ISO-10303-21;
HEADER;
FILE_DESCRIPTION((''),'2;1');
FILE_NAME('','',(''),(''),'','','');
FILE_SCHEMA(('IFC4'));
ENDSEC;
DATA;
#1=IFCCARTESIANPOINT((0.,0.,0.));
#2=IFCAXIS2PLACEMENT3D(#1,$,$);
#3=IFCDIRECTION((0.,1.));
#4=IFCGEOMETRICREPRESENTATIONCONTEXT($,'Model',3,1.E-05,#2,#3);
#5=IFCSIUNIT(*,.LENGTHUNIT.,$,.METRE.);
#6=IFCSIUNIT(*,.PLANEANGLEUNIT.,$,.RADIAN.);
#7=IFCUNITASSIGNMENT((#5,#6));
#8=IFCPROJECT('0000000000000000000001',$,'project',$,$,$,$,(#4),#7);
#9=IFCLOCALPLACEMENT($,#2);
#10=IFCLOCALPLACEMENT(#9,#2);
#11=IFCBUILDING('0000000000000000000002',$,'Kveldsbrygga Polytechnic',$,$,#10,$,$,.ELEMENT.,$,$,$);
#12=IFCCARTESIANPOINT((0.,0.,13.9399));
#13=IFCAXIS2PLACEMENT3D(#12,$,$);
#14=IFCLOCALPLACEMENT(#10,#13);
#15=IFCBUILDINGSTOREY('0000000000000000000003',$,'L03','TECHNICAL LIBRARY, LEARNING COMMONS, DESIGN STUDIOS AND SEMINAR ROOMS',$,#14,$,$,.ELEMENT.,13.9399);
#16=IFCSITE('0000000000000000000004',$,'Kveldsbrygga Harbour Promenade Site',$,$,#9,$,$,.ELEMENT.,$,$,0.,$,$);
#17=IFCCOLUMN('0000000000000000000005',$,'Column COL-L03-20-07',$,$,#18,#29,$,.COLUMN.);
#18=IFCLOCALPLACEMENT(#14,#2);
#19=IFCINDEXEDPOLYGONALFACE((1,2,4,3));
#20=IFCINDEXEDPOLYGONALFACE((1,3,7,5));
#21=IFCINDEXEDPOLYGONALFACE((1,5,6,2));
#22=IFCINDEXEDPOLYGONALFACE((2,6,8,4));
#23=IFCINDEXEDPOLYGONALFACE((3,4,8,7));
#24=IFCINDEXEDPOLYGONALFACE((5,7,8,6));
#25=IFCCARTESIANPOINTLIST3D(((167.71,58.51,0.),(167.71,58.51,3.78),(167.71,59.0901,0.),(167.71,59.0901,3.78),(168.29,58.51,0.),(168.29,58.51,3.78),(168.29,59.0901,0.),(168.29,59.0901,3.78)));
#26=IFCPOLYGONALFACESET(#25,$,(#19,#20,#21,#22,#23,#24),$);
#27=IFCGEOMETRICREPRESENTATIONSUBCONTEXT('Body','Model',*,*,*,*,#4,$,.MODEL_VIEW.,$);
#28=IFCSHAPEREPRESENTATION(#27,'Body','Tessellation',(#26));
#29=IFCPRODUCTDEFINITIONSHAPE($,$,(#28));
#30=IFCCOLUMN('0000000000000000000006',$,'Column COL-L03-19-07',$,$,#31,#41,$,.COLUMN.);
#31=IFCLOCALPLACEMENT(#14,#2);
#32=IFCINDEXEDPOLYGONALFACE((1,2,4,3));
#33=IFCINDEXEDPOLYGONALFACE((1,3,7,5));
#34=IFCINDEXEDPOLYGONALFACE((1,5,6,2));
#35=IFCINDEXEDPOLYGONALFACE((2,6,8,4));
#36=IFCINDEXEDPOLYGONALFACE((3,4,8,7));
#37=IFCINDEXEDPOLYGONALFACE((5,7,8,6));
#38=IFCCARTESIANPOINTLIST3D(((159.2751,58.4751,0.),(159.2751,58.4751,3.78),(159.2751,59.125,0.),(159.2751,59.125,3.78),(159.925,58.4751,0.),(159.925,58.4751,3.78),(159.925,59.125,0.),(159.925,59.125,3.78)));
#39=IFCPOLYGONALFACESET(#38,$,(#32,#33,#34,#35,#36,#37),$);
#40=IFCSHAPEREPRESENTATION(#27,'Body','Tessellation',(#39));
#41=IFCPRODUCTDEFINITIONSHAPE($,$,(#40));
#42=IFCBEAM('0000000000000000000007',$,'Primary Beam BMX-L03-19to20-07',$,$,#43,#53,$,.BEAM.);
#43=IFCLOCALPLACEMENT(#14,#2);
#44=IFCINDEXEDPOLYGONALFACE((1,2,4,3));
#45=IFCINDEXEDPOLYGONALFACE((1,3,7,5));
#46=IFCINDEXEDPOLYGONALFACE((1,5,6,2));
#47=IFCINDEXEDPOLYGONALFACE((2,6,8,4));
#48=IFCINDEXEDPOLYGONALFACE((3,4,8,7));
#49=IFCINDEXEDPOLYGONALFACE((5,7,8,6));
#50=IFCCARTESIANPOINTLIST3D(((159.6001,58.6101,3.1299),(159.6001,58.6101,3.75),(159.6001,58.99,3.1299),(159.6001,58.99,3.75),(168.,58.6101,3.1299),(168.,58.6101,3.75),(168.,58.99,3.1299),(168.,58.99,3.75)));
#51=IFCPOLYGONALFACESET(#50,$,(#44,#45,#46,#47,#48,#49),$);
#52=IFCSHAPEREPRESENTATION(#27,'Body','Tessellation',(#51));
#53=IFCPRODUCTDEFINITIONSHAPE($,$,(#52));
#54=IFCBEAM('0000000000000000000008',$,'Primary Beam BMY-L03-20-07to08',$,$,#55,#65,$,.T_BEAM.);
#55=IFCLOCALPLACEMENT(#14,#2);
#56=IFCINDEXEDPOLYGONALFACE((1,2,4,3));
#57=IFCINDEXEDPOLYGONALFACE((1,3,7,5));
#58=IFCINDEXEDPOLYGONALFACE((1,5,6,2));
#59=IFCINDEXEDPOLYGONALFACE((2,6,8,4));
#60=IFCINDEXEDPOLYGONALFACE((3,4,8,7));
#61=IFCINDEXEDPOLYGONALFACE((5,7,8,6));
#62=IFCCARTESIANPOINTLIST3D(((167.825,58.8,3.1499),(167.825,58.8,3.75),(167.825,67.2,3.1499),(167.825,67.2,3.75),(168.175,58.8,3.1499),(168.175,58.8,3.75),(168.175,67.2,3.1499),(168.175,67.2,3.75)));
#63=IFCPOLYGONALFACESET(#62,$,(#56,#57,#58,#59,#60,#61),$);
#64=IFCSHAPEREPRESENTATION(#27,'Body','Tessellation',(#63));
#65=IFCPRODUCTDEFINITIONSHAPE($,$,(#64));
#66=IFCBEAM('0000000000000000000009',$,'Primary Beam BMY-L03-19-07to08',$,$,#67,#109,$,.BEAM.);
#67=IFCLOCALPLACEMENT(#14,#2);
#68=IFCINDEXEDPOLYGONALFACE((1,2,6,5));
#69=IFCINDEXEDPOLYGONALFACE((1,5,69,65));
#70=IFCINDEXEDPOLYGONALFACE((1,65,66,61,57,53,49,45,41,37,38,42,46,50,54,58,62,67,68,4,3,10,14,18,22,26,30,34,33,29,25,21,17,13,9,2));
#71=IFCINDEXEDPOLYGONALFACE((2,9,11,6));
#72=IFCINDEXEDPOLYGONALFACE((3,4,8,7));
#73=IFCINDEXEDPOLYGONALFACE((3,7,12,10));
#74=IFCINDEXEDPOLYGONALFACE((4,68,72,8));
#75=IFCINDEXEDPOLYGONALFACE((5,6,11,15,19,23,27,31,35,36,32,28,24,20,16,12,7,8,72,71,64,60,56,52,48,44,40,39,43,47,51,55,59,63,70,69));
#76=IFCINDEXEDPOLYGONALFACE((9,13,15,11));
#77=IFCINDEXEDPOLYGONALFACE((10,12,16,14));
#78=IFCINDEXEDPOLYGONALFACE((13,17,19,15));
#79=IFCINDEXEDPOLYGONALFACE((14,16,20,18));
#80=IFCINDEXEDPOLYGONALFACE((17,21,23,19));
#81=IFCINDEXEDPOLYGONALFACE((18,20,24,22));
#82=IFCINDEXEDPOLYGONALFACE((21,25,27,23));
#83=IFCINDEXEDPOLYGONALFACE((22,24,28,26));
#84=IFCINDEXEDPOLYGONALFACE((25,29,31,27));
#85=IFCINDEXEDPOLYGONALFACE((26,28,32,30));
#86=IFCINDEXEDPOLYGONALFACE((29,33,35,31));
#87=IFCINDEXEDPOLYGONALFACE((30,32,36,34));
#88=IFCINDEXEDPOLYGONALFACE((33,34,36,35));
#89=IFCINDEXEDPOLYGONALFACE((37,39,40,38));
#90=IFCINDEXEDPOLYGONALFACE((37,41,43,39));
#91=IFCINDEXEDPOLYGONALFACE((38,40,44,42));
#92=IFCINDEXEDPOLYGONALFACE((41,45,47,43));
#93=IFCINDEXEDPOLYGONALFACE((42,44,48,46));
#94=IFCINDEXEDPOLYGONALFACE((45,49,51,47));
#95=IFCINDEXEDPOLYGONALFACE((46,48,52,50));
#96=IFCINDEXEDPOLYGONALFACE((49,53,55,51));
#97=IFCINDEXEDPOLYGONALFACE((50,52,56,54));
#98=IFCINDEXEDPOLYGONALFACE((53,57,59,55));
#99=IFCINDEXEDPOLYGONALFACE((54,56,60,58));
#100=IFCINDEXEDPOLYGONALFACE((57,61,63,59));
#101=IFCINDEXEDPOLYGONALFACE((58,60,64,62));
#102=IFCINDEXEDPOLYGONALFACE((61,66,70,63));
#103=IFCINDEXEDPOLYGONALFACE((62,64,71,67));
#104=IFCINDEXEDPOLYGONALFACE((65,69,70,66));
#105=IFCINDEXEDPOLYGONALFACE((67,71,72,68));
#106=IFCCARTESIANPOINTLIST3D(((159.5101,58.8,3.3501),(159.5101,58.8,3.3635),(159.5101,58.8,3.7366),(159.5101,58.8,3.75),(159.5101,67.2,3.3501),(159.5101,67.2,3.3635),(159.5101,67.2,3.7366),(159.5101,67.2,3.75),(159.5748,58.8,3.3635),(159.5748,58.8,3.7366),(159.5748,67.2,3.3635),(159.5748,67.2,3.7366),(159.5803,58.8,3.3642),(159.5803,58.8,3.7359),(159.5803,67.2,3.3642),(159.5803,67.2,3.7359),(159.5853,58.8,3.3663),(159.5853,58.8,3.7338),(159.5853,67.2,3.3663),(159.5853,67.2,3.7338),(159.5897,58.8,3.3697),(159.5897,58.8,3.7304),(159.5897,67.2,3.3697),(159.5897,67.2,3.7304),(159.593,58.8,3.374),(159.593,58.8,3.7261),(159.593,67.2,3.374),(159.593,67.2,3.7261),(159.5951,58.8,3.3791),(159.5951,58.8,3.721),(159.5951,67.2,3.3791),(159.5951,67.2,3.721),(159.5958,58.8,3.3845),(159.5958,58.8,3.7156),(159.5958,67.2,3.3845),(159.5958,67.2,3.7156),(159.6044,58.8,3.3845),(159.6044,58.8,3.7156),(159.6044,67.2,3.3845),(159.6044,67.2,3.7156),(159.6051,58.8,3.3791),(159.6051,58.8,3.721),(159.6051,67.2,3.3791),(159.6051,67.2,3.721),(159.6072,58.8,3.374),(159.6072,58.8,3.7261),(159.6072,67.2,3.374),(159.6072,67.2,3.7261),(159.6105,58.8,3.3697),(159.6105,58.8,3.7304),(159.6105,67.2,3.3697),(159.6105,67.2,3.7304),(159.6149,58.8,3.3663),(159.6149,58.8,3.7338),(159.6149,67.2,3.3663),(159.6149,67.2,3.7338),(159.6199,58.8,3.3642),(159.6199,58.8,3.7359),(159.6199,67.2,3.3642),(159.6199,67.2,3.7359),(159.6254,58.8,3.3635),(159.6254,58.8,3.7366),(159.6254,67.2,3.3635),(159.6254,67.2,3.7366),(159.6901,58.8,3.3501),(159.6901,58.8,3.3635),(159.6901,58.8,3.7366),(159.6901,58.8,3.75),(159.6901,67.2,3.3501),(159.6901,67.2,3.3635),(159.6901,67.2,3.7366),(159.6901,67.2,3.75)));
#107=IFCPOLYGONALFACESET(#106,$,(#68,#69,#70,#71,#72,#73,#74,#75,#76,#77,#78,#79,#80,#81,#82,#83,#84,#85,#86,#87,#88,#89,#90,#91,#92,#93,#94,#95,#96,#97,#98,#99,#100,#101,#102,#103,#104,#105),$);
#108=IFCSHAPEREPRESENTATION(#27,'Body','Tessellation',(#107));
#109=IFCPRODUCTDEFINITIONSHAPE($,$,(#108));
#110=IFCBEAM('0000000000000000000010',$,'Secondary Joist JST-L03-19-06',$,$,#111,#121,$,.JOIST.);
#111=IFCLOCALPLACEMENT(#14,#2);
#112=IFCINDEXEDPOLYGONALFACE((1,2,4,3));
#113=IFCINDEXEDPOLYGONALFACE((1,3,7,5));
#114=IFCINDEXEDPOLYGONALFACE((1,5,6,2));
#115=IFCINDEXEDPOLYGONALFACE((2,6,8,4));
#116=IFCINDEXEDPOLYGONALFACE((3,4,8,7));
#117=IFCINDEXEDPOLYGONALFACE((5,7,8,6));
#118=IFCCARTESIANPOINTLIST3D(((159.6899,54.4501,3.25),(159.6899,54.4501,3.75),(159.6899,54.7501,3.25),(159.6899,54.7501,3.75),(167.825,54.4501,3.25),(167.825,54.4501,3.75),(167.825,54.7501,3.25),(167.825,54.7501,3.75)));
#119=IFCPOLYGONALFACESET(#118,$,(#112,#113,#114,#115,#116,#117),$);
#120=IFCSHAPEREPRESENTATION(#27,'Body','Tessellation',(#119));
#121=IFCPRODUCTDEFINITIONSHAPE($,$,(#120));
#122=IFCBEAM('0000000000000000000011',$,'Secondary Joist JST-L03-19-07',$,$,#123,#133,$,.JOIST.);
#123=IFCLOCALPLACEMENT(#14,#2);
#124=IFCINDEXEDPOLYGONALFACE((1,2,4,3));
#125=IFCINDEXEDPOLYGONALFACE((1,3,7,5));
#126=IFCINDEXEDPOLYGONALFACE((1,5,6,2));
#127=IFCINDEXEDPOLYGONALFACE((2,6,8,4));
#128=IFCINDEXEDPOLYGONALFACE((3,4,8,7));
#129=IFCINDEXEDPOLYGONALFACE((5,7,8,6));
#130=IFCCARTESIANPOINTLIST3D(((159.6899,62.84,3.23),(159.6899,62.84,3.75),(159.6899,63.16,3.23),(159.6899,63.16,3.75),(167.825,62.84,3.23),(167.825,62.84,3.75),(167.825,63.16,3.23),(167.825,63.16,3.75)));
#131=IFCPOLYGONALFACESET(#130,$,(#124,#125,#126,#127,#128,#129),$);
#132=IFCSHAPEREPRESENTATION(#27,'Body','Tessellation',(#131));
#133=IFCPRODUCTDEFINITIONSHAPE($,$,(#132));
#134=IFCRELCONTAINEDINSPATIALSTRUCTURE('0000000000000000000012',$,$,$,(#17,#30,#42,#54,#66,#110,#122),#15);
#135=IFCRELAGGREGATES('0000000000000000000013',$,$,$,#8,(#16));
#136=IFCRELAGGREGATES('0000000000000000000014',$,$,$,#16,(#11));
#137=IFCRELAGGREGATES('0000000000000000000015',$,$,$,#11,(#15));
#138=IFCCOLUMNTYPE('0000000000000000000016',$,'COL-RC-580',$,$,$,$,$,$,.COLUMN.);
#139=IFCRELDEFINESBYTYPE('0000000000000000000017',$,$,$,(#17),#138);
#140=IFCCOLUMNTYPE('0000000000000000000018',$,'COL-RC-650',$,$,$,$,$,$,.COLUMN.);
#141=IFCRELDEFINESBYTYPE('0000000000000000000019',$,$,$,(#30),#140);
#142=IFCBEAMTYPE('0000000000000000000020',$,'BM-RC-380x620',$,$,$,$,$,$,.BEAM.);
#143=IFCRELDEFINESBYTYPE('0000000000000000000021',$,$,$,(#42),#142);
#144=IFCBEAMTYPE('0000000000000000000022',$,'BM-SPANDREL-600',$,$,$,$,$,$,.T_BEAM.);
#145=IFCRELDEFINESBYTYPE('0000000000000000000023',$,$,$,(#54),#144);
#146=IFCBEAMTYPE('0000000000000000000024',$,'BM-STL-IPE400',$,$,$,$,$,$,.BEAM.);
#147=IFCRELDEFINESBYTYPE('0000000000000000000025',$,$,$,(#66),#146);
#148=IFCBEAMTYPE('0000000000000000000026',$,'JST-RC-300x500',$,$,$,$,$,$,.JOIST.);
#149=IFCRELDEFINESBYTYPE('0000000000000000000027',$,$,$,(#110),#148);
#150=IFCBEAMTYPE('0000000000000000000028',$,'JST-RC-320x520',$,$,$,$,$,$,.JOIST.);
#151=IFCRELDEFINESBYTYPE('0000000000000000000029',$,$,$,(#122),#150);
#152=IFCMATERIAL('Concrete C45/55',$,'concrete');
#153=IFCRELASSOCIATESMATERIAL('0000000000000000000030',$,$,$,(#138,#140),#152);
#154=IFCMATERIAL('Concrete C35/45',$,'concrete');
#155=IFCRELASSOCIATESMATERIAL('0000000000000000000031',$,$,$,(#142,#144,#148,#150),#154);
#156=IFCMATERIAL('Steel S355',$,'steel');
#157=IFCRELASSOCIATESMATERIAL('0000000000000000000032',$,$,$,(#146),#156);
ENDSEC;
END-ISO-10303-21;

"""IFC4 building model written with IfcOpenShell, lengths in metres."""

from ifc_helpers import new_model, si_unit, direction, frame, origin, origin_2d, place, context, subcontext, project, spatial, rectangle, i_section, extrude, material, material_profile, profile_set, type_object, element, save


model = new_model("IFC4")

# Units and contexts
model_context = context("Model", 3, precision=1e-05, world=origin(), true_north=direction((0.0, 1.0)))
body_context = subcontext(model_context, "Body", "Model", "MODEL_VIEW")
ifc_project = project(units=[si_unit("LENGTHUNIT", "METRE"), si_unit("PLANEANGLEUNIT", "RADIAN")], contexts=[model_context])

# Site, building, storey
site_placement = place(None, origin())
site = spatial("IfcSite", under=ifc_project, at=site_placement, Name="Kveldsbrygga Harbour Promenade Site", CompositionType="ELEMENT", RefElevation=0.0)
building_placement = place(site_placement, origin())
building = spatial("IfcBuilding", under=site, at=building_placement, Name="Kveldsbrygga Polytechnic", CompositionType="ELEMENT")
storey_placement = place(building_placement, frame((0.0, 0.0, 13.9399)))
storey = spatial("IfcBuildingStorey", under=building, at=storey_placement, Name="L03", Description="TECHNICAL LIBRARY, LEARNING COMMONS, DESIGN STUDIOS AND SEMINAR ROOMS", CompositionType="ELEMENT", Elevation=13.9399)

# Columns
ifc_material_1 = material(Name="Concrete C45/55", Category="concrete")
ifc_material_profile_1 = material_profile(ifc_material_1, rectangle(XDim=0.5801, YDim=0.5801, at=origin_2d()), Name="RC 580x580")
ifc_profile_set_1 = profile_set([ifc_material_profile_1], Name="Concrete C45/55")
column_type_1 = type_object("IfcColumnType", Name="COL-RC-580", PredefinedType="COLUMN", material=ifc_profile_set_1)
column_1_placement = place(storey_placement, frame((168.0, 58.8, 0.0), z_axis=(0.0, 0.0, 1.0), x_axis=(1.0, 0.0, 0.0)))
element("IfcColumn", 1, at=column_1_placement, inside=storey, type_object=column_type_1, Name="Column COL-L03-20-07", PredefinedType="COLUMN", context=body_context, shape_type="SweptSolid", body=[
    extrude(rectangle(XDim=0.5801, YDim=0.5801, at=origin_2d()), origin(), (0.0, 0.0, 1.0), 3.78),
])
ifc_material_profile_2 = material_profile(ifc_material_1, rectangle(XDim=0.6499, YDim=0.6499, at=origin_2d()), Name="RC 650x650")
ifc_profile_set_2 = profile_set([ifc_material_profile_2], Name="Concrete C45/55")
column_type_2 = type_object("IfcColumnType", Name="COL-RC-650", PredefinedType="COLUMN", material=ifc_profile_set_2)
column_2_placement = place(storey_placement, frame((159.6001, 58.8, 0.0), z_axis=(0.0, 0.0, 1.0), x_axis=(1.0, 0.0, 0.0)))
element("IfcColumn", 2, at=column_2_placement, inside=storey, type_object=column_type_2, Name="Column COL-L03-19-07", PredefinedType="COLUMN", context=body_context, shape_type="SweptSolid", body=[
    extrude(rectangle(XDim=0.6499, YDim=0.6499, at=origin_2d()), origin(), (0.0, 0.0, 1.0), 3.78),
])

# Beams
ifc_material_2 = material(Name="Concrete C35/45", Category="concrete")
ifc_material_profile_3 = material_profile(ifc_material_2, rectangle(XDim=0.3799, YDim=0.6201, at=origin_2d()), Name="RC 380x620")
ifc_profile_set_3 = profile_set([ifc_material_profile_3], Name="Concrete C35/45")
beam_type_1 = type_object("IfcBeamType", Name="BM-RC-380x620", PredefinedType="BEAM", material=ifc_profile_set_3)
beam_1_placement = place(storey_placement, frame((159.6001, 58.8, 3.4399), z_axis=(1.0, 0.0, 0.0), x_axis=(0.0, 1.0, 0.0)))
element("IfcBeam", 3, at=beam_1_placement, inside=storey, type_object=beam_type_1, Name="Primary Beam BMX-L03-19to20-07", PredefinedType="BEAM", context=body_context, shape_type="SweptSolid", body=[
    extrude(rectangle(XDim=0.3799, YDim=0.6201, at=origin_2d()), origin(), (0.0, 0.0, 1.0), 8.3999),
])
ifc_material_profile_4 = material_profile(ifc_material_2, rectangle(XDim=0.3501, YDim=0.6001, at=origin_2d()), Name="RC 350x600")
ifc_profile_set_4 = profile_set([ifc_material_profile_4], Name="Concrete C35/45")
beam_type_2 = type_object("IfcBeamType", Name="BM-SPANDREL-600", PredefinedType="T_BEAM", material=ifc_profile_set_4)
beam_2_placement = place(storey_placement, frame((168.0, 58.8, 3.45), z_axis=(0.0, 1.0, 0.0), x_axis=(-1.0, 0.0, 0.0)))
element("IfcBeam", 4, at=beam_2_placement, inside=storey, type_object=beam_type_2, Name="Primary Beam BMY-L03-20-07to08", PredefinedType="T_BEAM", context=body_context, shape_type="SweptSolid", body=[
    extrude(rectangle(XDim=0.3501, YDim=0.6001, at=origin_2d()), origin(), (0.0, 0.0, 1.0), 8.3999),
])
ifc_material_3 = material(Name="Steel S355", Category="steel")
ifc_material_profile_5 = material_profile(ifc_material_3, i_section(OverallWidth=0.1799, OverallDepth=0.3999, WebThickness=0.0085, FlangeThickness=0.0134, FilletRadius=0.021, at=origin_2d()), Name="IPE 400")
ifc_profile_set_5 = profile_set([ifc_material_profile_5], Name="Steel S355")
beam_type_3 = type_object("IfcBeamType", Name="BM-STL-IPE400", PredefinedType="BEAM", material=ifc_profile_set_5)
beam_3_placement = place(storey_placement, frame((159.6001, 58.8, 3.55), z_axis=(0.0, 1.0, 0.0), x_axis=(-1.0, 0.0, 0.0)))
element("IfcBeam", 5, at=beam_3_placement, inside=storey, type_object=beam_type_3, Name="Primary Beam BMY-L03-19-07to08", PredefinedType="BEAM", context=body_context, shape_type="SweptSolid", body=[
    extrude(i_section(OverallWidth=0.1799, OverallDepth=0.3999, WebThickness=0.0085, FlangeThickness=0.0134, FilletRadius=0.021, at=origin_2d()), origin(), (0.0, 0.0, 1.0), 8.3999),
])
ifc_material_profile_6 = material_profile(ifc_material_2, rectangle(XDim=0.3, YDim=0.5, at=origin_2d()), Name="RC 300x500")
ifc_profile_set_6 = profile_set([ifc_material_profile_6], Name="Concrete C35/45")
beam_type_4 = type_object("IfcBeamType", Name="JST-RC-300x500", PredefinedType="JOIST", material=ifc_profile_set_6)
beam_4_placement = place(storey_placement, frame((159.6899, 54.6001, 3.5), z_axis=(1.0, 0.0, 0.0), x_axis=(0.0, 1.0, 0.0)))
element("IfcBeam", 6, at=beam_4_placement, inside=storey, type_object=beam_type_4, Name="Secondary Joist JST-L03-19-06", PredefinedType="JOIST", context=body_context, shape_type="SweptSolid", body=[
    extrude(rectangle(XDim=0.3, YDim=0.5, at=origin_2d()), origin(), (0.0, 0.0, 1.0), 8.135),
])
ifc_material_profile_7 = material_profile(ifc_material_2, rectangle(XDim=0.3201, YDim=0.52, at=origin_2d()), Name="RC 320x520")
ifc_profile_set_7 = profile_set([ifc_material_profile_7], Name="Concrete C35/45")
beam_type_5 = type_object("IfcBeamType", Name="JST-RC-320x520", PredefinedType="JOIST", material=ifc_profile_set_7)
beam_5_placement = place(storey_placement, frame((159.6899, 63.0, 3.49), z_axis=(1.0, 0.0, 0.0), x_axis=(0.0, 1.0, 0.0)))
element("IfcBeam", 7, at=beam_5_placement, inside=storey, type_object=beam_type_5, Name="Secondary Joist JST-L03-19-07", PredefinedType="JOIST", context=body_context, shape_type="SweptSolid", body=[
    extrude(rectangle(XDim=0.3201, YDim=0.52, at=origin_2d()), origin(), (0.0, 0.0, 1.0), 8.135),
])

save(model, "model.ifc")
